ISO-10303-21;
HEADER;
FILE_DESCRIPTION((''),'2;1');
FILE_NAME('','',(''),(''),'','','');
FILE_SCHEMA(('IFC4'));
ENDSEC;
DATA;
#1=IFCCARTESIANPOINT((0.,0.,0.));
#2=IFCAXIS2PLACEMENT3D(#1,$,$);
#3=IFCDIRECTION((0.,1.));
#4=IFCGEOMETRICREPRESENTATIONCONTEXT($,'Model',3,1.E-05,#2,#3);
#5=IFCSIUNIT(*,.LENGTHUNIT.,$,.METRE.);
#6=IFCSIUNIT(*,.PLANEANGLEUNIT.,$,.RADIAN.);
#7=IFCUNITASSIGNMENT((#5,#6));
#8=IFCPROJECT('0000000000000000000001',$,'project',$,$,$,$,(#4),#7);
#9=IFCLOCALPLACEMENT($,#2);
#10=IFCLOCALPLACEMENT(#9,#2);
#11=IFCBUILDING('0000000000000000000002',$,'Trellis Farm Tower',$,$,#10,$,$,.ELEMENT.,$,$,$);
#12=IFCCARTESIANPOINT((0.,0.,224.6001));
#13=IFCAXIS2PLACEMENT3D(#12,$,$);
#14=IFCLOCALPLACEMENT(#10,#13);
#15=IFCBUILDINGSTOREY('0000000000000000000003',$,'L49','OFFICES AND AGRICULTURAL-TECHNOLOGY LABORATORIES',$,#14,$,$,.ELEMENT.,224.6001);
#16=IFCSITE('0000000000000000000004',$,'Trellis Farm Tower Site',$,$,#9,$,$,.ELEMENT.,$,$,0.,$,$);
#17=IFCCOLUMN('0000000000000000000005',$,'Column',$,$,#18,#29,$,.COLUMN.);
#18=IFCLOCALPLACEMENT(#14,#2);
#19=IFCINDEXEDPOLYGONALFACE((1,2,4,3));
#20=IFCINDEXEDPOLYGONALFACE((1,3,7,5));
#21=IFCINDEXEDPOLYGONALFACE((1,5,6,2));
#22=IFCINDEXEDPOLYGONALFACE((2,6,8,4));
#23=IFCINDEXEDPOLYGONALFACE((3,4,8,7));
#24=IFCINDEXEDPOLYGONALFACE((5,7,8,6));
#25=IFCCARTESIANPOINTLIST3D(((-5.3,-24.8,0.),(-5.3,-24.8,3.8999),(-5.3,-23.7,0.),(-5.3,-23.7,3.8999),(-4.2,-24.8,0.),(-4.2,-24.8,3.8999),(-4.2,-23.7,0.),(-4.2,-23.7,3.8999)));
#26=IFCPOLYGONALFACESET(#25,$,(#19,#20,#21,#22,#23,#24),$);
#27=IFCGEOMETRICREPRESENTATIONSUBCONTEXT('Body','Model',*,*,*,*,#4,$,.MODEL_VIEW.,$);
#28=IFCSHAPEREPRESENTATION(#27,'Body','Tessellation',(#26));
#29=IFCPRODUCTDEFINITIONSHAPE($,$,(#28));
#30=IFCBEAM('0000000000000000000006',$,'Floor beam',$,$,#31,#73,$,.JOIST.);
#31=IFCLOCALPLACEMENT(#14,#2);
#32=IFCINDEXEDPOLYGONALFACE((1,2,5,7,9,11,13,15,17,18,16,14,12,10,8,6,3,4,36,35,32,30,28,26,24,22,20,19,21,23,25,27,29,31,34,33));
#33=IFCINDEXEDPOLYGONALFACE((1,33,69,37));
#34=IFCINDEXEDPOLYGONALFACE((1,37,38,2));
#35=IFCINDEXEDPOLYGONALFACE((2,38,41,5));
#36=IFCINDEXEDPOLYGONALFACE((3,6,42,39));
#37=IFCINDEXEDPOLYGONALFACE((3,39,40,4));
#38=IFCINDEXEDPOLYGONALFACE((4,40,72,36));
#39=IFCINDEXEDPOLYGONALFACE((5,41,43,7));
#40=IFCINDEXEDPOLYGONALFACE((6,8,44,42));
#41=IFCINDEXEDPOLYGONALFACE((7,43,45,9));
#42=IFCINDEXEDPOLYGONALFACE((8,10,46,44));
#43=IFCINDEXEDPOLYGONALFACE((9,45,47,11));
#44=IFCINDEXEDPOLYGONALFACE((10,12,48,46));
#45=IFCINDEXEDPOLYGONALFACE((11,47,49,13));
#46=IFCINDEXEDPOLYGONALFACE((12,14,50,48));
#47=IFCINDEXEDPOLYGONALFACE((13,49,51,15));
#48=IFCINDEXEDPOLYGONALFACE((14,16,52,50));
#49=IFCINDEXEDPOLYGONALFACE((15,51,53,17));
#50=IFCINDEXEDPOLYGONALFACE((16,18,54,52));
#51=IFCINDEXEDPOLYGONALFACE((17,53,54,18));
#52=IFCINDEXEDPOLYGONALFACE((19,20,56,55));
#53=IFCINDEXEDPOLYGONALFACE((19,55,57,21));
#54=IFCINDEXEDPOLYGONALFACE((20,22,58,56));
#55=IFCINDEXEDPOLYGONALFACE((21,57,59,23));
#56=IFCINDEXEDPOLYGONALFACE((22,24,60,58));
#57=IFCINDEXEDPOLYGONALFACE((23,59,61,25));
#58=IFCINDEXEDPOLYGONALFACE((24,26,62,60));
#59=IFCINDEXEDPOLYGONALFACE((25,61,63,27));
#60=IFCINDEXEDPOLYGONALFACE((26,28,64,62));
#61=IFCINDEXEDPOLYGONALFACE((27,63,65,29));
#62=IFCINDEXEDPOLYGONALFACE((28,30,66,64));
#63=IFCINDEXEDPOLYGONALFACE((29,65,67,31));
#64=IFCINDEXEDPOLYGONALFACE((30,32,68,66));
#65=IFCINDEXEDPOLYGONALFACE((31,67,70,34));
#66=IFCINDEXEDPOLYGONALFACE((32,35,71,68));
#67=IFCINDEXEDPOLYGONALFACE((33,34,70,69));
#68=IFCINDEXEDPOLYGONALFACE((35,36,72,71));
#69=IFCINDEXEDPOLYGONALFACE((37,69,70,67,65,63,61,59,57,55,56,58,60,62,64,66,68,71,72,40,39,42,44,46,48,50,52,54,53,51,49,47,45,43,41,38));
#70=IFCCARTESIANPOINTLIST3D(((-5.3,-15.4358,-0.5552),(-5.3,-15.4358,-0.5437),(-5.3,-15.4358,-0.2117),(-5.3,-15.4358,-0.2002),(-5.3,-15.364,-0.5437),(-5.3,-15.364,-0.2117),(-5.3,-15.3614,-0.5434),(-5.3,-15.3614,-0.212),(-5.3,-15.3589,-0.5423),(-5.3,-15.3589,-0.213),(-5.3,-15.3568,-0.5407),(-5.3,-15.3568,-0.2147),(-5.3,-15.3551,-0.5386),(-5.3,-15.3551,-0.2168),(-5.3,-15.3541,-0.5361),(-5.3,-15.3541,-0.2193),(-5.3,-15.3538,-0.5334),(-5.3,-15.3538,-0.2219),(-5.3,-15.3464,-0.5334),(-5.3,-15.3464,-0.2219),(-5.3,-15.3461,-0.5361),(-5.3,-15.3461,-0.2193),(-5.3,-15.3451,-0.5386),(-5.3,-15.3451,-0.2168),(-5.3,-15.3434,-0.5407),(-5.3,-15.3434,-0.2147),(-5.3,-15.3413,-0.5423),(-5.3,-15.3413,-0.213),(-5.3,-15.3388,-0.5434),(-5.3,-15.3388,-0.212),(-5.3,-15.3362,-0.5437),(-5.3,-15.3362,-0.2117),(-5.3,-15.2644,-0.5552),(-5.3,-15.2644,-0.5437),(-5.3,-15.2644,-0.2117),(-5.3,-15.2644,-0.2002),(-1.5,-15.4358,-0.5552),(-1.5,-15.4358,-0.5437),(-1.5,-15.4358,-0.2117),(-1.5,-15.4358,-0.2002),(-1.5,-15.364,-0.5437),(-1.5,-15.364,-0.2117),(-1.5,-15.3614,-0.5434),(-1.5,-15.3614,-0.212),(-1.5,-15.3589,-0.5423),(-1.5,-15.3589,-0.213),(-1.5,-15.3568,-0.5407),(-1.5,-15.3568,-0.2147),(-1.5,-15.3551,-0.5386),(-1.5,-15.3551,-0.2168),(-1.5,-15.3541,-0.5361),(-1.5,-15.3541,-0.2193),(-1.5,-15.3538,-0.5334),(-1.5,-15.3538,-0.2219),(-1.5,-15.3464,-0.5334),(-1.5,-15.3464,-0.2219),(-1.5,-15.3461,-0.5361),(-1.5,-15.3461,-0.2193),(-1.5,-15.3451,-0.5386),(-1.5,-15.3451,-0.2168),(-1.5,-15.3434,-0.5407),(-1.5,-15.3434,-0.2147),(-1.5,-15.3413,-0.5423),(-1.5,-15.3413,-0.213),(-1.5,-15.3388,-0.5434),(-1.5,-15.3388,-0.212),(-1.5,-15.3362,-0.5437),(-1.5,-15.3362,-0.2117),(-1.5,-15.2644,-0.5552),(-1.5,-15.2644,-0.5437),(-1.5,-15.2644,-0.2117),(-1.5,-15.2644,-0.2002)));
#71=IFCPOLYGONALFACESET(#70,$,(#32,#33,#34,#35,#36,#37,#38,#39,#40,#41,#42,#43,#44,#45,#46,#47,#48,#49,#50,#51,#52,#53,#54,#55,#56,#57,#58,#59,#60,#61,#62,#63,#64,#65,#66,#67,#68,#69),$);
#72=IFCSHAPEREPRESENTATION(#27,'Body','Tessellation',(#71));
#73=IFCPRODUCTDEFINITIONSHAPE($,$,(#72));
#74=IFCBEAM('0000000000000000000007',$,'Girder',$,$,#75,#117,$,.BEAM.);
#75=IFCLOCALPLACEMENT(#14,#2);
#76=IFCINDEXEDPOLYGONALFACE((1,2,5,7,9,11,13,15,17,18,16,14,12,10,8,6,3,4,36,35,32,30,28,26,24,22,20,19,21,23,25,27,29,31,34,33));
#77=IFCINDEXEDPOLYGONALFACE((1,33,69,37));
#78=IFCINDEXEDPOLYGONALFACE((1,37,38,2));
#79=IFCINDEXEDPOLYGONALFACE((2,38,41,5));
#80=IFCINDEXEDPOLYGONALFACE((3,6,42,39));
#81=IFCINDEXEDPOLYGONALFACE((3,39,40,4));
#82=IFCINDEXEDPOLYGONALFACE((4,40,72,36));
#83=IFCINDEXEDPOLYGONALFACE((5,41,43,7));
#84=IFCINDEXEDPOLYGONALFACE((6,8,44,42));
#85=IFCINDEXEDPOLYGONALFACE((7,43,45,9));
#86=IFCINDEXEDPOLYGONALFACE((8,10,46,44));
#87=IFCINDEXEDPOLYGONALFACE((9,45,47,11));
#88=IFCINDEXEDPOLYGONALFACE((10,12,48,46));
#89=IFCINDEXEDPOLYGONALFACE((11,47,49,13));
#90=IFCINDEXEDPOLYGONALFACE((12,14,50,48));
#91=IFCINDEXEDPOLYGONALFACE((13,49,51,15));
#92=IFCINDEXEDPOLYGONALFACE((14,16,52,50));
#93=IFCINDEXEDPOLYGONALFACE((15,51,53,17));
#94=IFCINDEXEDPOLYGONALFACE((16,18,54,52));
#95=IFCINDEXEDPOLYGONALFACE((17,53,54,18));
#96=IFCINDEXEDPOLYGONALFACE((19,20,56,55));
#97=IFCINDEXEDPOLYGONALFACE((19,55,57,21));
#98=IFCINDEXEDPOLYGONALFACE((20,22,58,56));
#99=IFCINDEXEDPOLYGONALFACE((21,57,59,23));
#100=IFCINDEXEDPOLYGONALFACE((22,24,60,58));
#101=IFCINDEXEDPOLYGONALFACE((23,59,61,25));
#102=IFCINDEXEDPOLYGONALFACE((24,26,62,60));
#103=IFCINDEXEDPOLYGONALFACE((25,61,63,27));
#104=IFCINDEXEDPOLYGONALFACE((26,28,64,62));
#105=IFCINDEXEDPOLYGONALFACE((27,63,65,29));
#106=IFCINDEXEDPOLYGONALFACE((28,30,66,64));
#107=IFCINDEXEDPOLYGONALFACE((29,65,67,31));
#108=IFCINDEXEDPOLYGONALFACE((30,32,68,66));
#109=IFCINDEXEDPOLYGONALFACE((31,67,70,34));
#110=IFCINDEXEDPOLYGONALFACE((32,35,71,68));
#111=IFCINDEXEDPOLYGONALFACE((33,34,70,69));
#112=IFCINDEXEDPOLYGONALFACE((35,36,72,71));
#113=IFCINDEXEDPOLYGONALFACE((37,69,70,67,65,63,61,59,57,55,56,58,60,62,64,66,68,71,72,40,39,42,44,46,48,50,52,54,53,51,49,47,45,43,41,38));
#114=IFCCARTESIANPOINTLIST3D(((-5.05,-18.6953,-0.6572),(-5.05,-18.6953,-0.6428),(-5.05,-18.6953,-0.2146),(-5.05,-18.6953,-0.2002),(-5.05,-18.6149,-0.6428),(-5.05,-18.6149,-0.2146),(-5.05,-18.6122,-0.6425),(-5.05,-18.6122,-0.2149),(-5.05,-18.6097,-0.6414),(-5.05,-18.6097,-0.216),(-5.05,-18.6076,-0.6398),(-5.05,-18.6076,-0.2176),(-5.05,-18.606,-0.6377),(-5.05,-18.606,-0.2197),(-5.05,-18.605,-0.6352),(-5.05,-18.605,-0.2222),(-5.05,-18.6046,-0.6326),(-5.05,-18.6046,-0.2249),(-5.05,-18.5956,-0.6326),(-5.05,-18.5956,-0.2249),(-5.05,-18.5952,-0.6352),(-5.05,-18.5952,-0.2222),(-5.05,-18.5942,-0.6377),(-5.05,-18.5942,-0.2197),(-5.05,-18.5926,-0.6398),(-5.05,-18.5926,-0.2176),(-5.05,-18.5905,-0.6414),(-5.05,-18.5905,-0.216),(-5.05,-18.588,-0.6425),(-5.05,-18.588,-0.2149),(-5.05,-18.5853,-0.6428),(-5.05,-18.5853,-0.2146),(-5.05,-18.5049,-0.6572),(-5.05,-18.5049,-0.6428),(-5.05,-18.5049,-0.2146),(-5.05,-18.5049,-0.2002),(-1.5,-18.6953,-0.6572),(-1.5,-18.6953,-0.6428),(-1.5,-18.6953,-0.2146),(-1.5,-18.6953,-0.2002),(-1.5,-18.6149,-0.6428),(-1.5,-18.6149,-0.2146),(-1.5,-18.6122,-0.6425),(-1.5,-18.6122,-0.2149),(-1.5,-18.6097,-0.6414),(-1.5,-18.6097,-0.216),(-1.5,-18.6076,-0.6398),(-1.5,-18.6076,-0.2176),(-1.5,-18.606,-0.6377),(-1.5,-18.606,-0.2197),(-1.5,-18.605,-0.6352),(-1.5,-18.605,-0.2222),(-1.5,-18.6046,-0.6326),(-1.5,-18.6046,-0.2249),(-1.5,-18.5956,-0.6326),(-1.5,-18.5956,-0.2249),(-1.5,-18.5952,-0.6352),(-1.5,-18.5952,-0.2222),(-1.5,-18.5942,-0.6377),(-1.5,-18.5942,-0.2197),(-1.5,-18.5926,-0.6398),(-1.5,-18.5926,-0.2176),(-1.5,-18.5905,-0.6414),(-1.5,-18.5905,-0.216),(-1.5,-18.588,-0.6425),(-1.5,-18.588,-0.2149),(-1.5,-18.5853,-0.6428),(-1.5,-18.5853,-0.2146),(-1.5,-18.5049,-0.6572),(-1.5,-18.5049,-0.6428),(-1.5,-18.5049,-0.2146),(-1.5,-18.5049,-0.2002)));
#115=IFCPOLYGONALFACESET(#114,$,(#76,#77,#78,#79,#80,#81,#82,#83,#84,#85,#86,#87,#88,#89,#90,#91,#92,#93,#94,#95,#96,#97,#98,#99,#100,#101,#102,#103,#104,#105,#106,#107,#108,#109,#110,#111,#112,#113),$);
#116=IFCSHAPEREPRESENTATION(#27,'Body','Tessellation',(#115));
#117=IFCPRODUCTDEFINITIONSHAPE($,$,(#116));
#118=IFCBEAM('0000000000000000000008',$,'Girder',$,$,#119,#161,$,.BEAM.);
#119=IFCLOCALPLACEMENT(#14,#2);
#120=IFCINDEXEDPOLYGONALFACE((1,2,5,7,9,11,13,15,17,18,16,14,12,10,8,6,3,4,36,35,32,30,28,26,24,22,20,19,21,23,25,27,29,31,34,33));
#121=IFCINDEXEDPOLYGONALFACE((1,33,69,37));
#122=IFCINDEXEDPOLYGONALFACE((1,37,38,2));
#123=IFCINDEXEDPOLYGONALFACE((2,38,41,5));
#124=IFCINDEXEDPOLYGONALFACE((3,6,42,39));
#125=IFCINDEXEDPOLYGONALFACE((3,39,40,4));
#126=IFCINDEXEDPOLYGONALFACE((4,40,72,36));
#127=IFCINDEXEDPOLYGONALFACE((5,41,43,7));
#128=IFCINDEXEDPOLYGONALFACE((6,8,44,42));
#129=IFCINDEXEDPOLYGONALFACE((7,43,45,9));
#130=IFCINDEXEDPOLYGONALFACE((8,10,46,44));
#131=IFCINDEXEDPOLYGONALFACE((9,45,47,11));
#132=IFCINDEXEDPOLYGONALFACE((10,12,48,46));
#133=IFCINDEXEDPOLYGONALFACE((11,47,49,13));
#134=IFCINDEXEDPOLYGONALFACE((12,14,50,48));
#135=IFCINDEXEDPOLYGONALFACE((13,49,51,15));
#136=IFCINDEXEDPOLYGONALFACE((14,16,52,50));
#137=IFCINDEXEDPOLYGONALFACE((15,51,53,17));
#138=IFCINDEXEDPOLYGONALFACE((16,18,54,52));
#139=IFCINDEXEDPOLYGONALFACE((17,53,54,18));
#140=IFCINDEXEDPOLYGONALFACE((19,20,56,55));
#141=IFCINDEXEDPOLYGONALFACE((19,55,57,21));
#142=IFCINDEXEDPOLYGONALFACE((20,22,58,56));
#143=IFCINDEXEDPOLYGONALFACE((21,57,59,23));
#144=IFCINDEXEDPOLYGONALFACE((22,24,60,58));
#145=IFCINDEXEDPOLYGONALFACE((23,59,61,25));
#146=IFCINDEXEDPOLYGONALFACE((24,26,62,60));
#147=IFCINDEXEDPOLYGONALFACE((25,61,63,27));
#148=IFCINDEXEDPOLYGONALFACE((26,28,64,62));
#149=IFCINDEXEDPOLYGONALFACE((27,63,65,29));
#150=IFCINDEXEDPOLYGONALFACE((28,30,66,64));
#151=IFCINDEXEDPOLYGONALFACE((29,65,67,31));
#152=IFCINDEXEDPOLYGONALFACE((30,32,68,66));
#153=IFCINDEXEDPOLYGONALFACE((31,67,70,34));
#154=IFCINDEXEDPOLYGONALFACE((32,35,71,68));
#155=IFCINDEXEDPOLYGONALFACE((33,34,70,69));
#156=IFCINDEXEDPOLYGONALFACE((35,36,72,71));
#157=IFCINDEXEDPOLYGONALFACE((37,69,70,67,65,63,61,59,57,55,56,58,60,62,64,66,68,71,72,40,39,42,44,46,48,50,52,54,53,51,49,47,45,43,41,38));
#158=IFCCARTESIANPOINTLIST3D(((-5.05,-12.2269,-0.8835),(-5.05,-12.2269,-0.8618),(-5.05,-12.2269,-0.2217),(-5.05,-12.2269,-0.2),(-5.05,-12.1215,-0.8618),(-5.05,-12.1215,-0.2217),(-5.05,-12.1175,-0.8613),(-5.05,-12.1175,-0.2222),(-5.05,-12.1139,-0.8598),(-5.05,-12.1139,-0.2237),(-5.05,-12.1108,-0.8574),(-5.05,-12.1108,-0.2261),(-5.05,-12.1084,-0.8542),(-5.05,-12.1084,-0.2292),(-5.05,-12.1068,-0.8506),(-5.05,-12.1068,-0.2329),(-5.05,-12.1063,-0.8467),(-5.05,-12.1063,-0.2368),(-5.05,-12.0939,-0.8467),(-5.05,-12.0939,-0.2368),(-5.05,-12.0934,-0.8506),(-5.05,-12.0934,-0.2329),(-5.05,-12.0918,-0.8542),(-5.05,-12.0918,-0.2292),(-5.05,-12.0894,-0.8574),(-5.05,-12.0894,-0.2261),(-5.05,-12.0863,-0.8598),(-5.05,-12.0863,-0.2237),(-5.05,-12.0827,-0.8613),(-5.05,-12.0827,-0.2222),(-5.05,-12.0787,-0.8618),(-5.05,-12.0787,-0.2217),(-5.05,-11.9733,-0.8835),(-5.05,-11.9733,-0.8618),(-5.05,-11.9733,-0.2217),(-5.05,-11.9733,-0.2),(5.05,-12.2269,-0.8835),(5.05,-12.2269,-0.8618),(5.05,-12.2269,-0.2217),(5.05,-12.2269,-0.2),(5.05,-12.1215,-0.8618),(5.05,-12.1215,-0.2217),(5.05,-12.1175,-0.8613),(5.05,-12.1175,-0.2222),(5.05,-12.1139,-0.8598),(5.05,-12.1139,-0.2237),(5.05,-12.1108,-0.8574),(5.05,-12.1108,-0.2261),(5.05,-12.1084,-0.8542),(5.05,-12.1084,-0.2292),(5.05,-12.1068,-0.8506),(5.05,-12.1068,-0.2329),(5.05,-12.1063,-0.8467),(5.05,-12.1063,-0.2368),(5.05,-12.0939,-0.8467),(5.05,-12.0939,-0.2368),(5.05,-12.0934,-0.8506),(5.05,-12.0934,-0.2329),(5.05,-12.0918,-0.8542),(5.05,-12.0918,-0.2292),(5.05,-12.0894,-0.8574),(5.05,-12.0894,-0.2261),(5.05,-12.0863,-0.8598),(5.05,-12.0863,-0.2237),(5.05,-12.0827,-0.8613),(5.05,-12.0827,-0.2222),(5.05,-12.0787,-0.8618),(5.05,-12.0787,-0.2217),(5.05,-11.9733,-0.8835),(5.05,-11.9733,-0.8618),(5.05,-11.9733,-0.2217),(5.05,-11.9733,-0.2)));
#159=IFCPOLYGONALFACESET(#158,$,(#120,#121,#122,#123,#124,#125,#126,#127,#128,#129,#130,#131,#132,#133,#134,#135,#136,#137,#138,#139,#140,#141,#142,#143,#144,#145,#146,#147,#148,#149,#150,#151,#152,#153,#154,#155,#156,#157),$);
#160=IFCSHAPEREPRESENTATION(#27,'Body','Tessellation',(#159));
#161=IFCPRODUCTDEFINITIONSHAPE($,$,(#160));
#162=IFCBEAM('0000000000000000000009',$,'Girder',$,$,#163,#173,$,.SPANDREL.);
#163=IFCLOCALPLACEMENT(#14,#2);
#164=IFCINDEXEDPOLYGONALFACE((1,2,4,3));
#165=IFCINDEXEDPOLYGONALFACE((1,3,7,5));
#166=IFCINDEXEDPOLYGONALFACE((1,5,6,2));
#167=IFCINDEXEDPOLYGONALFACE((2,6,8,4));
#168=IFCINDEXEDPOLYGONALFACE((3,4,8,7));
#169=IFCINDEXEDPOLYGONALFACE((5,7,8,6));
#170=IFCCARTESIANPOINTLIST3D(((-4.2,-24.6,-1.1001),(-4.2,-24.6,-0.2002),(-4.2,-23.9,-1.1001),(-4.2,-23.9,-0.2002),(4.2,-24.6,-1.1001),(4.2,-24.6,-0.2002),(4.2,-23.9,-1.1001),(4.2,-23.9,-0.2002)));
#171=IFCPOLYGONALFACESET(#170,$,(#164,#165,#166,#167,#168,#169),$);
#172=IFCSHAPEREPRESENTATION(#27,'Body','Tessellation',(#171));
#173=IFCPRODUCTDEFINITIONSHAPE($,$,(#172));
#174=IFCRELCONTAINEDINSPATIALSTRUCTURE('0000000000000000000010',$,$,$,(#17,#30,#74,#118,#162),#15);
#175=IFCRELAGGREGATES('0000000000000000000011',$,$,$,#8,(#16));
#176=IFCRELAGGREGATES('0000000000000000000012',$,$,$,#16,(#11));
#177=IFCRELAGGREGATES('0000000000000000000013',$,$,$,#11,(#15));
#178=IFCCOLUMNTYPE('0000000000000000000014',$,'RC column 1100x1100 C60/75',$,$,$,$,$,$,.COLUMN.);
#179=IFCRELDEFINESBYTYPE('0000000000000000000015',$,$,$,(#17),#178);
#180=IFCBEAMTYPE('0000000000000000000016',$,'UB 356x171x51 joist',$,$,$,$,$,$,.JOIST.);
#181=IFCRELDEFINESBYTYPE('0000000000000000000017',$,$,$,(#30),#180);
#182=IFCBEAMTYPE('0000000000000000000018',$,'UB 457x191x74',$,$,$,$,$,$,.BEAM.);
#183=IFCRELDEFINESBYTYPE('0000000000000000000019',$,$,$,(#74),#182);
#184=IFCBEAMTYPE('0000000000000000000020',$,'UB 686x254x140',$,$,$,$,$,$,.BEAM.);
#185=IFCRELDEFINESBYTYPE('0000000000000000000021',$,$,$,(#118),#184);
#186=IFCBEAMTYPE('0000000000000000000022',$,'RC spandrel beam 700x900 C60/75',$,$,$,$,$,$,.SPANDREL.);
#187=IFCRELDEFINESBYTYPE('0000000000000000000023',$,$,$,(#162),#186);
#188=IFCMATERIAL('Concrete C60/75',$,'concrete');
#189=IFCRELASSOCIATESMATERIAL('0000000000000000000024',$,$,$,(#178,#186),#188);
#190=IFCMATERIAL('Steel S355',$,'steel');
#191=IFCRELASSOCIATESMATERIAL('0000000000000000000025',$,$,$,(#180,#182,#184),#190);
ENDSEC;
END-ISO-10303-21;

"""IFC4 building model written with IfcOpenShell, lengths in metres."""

from ifc_helpers import new_model, si_unit, direction, frame, origin, origin_2d, place, context, subcontext, project, spatial, rectangle, i_section, extrude, source, transform, mapped, material, material_profile, profile_set, type_object, element, save


model = new_model("IFC4")

# Units and contexts
model_context = context("Model", 3, precision=1e-05, world=origin(), true_north=direction((0.0, 1.0)))
body_context = subcontext(model_context, "Body", "Model", "MODEL_VIEW")
ifc_project = project(units=[si_unit("LENGTHUNIT", "METRE"), si_unit("PLANEANGLEUNIT", "RADIAN")], contexts=[model_context])

# Site, building, storey
site_placement = place(None, origin())
site = spatial("IfcSite", under=ifc_project, at=site_placement, Name="Trellis Farm Tower Site", CompositionType="ELEMENT", RefElevation=0.0)
building_placement = place(site_placement, origin())
building = spatial("IfcBuilding", under=site, at=building_placement, Name="Trellis Farm Tower", CompositionType="ELEMENT")
storey_placement = place(building_placement, frame((0.0, 0.0, 224.6001)))
storey = spatial("IfcBuildingStorey", under=building, at=storey_placement, Name="L49", Description="OFFICES AND AGRICULTURAL-TECHNOLOGY LABORATORIES", CompositionType="ELEMENT", Elevation=224.6001)

# Column
ifc_material_1 = material(Name="Concrete C60/75", Category="concrete")
ifc_material_profile_1 = material_profile(ifc_material_1, rectangle(XDim=1.1001, YDim=1.1001, at=origin_2d()), Name="RC column 1100x1100 C60/75")
ifc_profile_set_1 = profile_set([ifc_material_profile_1], Name="Concrete C60/75")
column_type = type_object("IfcColumnType", Name="RC column 1100x1100 C60/75", PredefinedType="COLUMN", material=ifc_profile_set_1)
shared_shape_1 = source(origin(), body_context, "Body", "SweptSolid", [
    extrude(rectangle(XDim=1.1001, YDim=1.1001, at=origin_2d()), origin(), (0.0, 0.0, 1.0), 3.8999),
])
column_placement = place(storey_placement, frame((-4.75, -24.25, 0.0), z_axis=(0.0, 0.0, 1.0), x_axis=(1.0, 0.0, 0.0)))
element("IfcColumn", 1, at=column_placement, inside=storey, type_object=column_type, Name="Column", PredefinedType="COLUMN", context=body_context, shape_type="MappedRepresentation", body=[
    mapped(shared_shape_1, transform((0.0, 0.0, 0.0))),
])

# Beams
ifc_material_2 = material(Name="Steel S355", Category="steel")
ifc_material_profile_2 = material_profile(ifc_material_2, i_section(OverallWidth=0.1714, OverallDepth=0.355, WebThickness=0.0073, FlangeThickness=0.0115, FilletRadius=0.0103, at=origin_2d()), Name="UB 356x171x51")
ifc_profile_set_2 = profile_set([ifc_material_profile_2], Name="Steel S355")
beam_type_1 = type_object("IfcBeamType", Name="UB 356x171x51 joist", PredefinedType="JOIST", material=ifc_profile_set_2)
shared_shape_2 = source(origin(), body_context, "Body", "SweptSolid", [
    extrude(i_section(OverallWidth=0.1714, OverallDepth=0.355, WebThickness=0.0073, FlangeThickness=0.0115, FilletRadius=0.0103, at=origin_2d()), origin(), (0.0, 0.0, 1.0), 3.8),
])
beam_1_placement = place(storey_placement, frame((-5.3, -15.3501, -0.3777), z_axis=(1.0, 0.0, 0.0), x_axis=(0.0, 1.0, 0.0)))
element("IfcBeam", 2, at=beam_1_placement, inside=storey, type_object=beam_type_1, Name="Floor beam", PredefinedType="JOIST", context=body_context, shape_type="MappedRepresentation", body=[
    mapped(shared_shape_2, transform((0.0, 0.0, 0.0))),
])
ifc_material_profile_3 = material_profile(ifc_material_2, i_section(OverallWidth=0.1904, OverallDepth=0.457, WebThickness=0.009, FlangeThickness=0.0144, FilletRadius=0.0103, at=origin_2d()), Name="UB 457x191x74")
ifc_profile_set_3 = profile_set([ifc_material_profile_3], Name="Steel S355")
beam_type_2 = type_object("IfcBeamType", Name="UB 457x191x74", PredefinedType="BEAM", material=ifc_profile_set_3)
shared_shape_3 = source(origin(), body_context, "Body", "SweptSolid", [
    extrude(i_section(OverallWidth=0.1904, OverallDepth=0.457, WebThickness=0.009, FlangeThickness=0.0144, FilletRadius=0.0103, at=origin_2d()), origin(), (0.0, 0.0, 1.0), 3.55),
])
beam_2_placement = place(storey_placement, frame((-5.05, -18.6001, -0.4287), z_axis=(1.0, 0.0, 0.0), x_axis=(0.0, 1.0, 0.0)))
element("IfcBeam", 3, at=beam_2_placement, inside=storey, type_object=beam_type_2, Name="Girder", PredefinedType="BEAM", context=body_context, shape_type="MappedRepresentation", body=[
    mapped(shared_shape_3, transform((0.0, 0.0, 0.0))),
])
ifc_material_profile_4 = material_profile(ifc_material_2, i_section(OverallWidth=0.2537, OverallDepth=0.6836, WebThickness=0.0125, FlangeThickness=0.0217, FilletRadius=0.0151, at=origin_2d()), Name="UB 686x254x140")
ifc_profile_set_4 = profile_set([ifc_material_profile_4], Name="Steel S355")
beam_type_3 = type_object("IfcBeamType", Name="UB 686x254x140", PredefinedType="BEAM", material=ifc_profile_set_4)
shared_shape_4 = source(origin(), body_context, "Body", "SweptSolid", [
    extrude(i_section(OverallWidth=0.2537, OverallDepth=0.6836, WebThickness=0.0125, FlangeThickness=0.0217, FilletRadius=0.0151, at=origin_2d()), origin(), (0.0, 0.0, 1.0), 10.1001),
])
beam_3_placement = place(storey_placement, frame((-5.05, -12.1001, -0.5417), z_axis=(1.0, 0.0, 0.0), x_axis=(0.0, 1.0, 0.0)))
element("IfcBeam", 4, at=beam_3_placement, inside=storey, type_object=beam_type_3, Name="Girder", PredefinedType="BEAM", context=body_context, shape_type="MappedRepresentation", body=[
    mapped(shared_shape_4, transform((0.0, 0.0, 0.0))),
])
ifc_material_profile_5 = material_profile(ifc_material_1, rectangle(XDim=0.7, YDim=0.8999, at=origin_2d()), Name="RC spandrel beam 700x900 C60/75")
ifc_profile_set_5 = profile_set([ifc_material_profile_5], Name="Concrete C60/75")
beam_type_4 = type_object("IfcBeamType", Name="RC spandrel beam 700x900 C60/75", PredefinedType="SPANDREL", material=ifc_profile_set_5)
shared_shape_5 = source(origin(), body_context, "Body", "SweptSolid", [
    extrude(rectangle(XDim=0.7, YDim=0.8999, at=origin_2d()), origin(), (0.0, 0.0, 1.0), 8.3999),
])
beam_4_placement = place(storey_placement, frame((-4.2, -24.25, -0.6501), z_axis=(1.0, 0.0, 0.0), x_axis=(0.0, 1.0, 0.0)))
element("IfcBeam", 5, at=beam_4_placement, inside=storey, type_object=beam_type_4, Name="Girder", PredefinedType="SPANDREL", context=body_context, shape_type="MappedRepresentation", body=[
    mapped(shared_shape_5, transform((0.0, 0.0, 0.0))),
])

save(model, "model.ifc")
